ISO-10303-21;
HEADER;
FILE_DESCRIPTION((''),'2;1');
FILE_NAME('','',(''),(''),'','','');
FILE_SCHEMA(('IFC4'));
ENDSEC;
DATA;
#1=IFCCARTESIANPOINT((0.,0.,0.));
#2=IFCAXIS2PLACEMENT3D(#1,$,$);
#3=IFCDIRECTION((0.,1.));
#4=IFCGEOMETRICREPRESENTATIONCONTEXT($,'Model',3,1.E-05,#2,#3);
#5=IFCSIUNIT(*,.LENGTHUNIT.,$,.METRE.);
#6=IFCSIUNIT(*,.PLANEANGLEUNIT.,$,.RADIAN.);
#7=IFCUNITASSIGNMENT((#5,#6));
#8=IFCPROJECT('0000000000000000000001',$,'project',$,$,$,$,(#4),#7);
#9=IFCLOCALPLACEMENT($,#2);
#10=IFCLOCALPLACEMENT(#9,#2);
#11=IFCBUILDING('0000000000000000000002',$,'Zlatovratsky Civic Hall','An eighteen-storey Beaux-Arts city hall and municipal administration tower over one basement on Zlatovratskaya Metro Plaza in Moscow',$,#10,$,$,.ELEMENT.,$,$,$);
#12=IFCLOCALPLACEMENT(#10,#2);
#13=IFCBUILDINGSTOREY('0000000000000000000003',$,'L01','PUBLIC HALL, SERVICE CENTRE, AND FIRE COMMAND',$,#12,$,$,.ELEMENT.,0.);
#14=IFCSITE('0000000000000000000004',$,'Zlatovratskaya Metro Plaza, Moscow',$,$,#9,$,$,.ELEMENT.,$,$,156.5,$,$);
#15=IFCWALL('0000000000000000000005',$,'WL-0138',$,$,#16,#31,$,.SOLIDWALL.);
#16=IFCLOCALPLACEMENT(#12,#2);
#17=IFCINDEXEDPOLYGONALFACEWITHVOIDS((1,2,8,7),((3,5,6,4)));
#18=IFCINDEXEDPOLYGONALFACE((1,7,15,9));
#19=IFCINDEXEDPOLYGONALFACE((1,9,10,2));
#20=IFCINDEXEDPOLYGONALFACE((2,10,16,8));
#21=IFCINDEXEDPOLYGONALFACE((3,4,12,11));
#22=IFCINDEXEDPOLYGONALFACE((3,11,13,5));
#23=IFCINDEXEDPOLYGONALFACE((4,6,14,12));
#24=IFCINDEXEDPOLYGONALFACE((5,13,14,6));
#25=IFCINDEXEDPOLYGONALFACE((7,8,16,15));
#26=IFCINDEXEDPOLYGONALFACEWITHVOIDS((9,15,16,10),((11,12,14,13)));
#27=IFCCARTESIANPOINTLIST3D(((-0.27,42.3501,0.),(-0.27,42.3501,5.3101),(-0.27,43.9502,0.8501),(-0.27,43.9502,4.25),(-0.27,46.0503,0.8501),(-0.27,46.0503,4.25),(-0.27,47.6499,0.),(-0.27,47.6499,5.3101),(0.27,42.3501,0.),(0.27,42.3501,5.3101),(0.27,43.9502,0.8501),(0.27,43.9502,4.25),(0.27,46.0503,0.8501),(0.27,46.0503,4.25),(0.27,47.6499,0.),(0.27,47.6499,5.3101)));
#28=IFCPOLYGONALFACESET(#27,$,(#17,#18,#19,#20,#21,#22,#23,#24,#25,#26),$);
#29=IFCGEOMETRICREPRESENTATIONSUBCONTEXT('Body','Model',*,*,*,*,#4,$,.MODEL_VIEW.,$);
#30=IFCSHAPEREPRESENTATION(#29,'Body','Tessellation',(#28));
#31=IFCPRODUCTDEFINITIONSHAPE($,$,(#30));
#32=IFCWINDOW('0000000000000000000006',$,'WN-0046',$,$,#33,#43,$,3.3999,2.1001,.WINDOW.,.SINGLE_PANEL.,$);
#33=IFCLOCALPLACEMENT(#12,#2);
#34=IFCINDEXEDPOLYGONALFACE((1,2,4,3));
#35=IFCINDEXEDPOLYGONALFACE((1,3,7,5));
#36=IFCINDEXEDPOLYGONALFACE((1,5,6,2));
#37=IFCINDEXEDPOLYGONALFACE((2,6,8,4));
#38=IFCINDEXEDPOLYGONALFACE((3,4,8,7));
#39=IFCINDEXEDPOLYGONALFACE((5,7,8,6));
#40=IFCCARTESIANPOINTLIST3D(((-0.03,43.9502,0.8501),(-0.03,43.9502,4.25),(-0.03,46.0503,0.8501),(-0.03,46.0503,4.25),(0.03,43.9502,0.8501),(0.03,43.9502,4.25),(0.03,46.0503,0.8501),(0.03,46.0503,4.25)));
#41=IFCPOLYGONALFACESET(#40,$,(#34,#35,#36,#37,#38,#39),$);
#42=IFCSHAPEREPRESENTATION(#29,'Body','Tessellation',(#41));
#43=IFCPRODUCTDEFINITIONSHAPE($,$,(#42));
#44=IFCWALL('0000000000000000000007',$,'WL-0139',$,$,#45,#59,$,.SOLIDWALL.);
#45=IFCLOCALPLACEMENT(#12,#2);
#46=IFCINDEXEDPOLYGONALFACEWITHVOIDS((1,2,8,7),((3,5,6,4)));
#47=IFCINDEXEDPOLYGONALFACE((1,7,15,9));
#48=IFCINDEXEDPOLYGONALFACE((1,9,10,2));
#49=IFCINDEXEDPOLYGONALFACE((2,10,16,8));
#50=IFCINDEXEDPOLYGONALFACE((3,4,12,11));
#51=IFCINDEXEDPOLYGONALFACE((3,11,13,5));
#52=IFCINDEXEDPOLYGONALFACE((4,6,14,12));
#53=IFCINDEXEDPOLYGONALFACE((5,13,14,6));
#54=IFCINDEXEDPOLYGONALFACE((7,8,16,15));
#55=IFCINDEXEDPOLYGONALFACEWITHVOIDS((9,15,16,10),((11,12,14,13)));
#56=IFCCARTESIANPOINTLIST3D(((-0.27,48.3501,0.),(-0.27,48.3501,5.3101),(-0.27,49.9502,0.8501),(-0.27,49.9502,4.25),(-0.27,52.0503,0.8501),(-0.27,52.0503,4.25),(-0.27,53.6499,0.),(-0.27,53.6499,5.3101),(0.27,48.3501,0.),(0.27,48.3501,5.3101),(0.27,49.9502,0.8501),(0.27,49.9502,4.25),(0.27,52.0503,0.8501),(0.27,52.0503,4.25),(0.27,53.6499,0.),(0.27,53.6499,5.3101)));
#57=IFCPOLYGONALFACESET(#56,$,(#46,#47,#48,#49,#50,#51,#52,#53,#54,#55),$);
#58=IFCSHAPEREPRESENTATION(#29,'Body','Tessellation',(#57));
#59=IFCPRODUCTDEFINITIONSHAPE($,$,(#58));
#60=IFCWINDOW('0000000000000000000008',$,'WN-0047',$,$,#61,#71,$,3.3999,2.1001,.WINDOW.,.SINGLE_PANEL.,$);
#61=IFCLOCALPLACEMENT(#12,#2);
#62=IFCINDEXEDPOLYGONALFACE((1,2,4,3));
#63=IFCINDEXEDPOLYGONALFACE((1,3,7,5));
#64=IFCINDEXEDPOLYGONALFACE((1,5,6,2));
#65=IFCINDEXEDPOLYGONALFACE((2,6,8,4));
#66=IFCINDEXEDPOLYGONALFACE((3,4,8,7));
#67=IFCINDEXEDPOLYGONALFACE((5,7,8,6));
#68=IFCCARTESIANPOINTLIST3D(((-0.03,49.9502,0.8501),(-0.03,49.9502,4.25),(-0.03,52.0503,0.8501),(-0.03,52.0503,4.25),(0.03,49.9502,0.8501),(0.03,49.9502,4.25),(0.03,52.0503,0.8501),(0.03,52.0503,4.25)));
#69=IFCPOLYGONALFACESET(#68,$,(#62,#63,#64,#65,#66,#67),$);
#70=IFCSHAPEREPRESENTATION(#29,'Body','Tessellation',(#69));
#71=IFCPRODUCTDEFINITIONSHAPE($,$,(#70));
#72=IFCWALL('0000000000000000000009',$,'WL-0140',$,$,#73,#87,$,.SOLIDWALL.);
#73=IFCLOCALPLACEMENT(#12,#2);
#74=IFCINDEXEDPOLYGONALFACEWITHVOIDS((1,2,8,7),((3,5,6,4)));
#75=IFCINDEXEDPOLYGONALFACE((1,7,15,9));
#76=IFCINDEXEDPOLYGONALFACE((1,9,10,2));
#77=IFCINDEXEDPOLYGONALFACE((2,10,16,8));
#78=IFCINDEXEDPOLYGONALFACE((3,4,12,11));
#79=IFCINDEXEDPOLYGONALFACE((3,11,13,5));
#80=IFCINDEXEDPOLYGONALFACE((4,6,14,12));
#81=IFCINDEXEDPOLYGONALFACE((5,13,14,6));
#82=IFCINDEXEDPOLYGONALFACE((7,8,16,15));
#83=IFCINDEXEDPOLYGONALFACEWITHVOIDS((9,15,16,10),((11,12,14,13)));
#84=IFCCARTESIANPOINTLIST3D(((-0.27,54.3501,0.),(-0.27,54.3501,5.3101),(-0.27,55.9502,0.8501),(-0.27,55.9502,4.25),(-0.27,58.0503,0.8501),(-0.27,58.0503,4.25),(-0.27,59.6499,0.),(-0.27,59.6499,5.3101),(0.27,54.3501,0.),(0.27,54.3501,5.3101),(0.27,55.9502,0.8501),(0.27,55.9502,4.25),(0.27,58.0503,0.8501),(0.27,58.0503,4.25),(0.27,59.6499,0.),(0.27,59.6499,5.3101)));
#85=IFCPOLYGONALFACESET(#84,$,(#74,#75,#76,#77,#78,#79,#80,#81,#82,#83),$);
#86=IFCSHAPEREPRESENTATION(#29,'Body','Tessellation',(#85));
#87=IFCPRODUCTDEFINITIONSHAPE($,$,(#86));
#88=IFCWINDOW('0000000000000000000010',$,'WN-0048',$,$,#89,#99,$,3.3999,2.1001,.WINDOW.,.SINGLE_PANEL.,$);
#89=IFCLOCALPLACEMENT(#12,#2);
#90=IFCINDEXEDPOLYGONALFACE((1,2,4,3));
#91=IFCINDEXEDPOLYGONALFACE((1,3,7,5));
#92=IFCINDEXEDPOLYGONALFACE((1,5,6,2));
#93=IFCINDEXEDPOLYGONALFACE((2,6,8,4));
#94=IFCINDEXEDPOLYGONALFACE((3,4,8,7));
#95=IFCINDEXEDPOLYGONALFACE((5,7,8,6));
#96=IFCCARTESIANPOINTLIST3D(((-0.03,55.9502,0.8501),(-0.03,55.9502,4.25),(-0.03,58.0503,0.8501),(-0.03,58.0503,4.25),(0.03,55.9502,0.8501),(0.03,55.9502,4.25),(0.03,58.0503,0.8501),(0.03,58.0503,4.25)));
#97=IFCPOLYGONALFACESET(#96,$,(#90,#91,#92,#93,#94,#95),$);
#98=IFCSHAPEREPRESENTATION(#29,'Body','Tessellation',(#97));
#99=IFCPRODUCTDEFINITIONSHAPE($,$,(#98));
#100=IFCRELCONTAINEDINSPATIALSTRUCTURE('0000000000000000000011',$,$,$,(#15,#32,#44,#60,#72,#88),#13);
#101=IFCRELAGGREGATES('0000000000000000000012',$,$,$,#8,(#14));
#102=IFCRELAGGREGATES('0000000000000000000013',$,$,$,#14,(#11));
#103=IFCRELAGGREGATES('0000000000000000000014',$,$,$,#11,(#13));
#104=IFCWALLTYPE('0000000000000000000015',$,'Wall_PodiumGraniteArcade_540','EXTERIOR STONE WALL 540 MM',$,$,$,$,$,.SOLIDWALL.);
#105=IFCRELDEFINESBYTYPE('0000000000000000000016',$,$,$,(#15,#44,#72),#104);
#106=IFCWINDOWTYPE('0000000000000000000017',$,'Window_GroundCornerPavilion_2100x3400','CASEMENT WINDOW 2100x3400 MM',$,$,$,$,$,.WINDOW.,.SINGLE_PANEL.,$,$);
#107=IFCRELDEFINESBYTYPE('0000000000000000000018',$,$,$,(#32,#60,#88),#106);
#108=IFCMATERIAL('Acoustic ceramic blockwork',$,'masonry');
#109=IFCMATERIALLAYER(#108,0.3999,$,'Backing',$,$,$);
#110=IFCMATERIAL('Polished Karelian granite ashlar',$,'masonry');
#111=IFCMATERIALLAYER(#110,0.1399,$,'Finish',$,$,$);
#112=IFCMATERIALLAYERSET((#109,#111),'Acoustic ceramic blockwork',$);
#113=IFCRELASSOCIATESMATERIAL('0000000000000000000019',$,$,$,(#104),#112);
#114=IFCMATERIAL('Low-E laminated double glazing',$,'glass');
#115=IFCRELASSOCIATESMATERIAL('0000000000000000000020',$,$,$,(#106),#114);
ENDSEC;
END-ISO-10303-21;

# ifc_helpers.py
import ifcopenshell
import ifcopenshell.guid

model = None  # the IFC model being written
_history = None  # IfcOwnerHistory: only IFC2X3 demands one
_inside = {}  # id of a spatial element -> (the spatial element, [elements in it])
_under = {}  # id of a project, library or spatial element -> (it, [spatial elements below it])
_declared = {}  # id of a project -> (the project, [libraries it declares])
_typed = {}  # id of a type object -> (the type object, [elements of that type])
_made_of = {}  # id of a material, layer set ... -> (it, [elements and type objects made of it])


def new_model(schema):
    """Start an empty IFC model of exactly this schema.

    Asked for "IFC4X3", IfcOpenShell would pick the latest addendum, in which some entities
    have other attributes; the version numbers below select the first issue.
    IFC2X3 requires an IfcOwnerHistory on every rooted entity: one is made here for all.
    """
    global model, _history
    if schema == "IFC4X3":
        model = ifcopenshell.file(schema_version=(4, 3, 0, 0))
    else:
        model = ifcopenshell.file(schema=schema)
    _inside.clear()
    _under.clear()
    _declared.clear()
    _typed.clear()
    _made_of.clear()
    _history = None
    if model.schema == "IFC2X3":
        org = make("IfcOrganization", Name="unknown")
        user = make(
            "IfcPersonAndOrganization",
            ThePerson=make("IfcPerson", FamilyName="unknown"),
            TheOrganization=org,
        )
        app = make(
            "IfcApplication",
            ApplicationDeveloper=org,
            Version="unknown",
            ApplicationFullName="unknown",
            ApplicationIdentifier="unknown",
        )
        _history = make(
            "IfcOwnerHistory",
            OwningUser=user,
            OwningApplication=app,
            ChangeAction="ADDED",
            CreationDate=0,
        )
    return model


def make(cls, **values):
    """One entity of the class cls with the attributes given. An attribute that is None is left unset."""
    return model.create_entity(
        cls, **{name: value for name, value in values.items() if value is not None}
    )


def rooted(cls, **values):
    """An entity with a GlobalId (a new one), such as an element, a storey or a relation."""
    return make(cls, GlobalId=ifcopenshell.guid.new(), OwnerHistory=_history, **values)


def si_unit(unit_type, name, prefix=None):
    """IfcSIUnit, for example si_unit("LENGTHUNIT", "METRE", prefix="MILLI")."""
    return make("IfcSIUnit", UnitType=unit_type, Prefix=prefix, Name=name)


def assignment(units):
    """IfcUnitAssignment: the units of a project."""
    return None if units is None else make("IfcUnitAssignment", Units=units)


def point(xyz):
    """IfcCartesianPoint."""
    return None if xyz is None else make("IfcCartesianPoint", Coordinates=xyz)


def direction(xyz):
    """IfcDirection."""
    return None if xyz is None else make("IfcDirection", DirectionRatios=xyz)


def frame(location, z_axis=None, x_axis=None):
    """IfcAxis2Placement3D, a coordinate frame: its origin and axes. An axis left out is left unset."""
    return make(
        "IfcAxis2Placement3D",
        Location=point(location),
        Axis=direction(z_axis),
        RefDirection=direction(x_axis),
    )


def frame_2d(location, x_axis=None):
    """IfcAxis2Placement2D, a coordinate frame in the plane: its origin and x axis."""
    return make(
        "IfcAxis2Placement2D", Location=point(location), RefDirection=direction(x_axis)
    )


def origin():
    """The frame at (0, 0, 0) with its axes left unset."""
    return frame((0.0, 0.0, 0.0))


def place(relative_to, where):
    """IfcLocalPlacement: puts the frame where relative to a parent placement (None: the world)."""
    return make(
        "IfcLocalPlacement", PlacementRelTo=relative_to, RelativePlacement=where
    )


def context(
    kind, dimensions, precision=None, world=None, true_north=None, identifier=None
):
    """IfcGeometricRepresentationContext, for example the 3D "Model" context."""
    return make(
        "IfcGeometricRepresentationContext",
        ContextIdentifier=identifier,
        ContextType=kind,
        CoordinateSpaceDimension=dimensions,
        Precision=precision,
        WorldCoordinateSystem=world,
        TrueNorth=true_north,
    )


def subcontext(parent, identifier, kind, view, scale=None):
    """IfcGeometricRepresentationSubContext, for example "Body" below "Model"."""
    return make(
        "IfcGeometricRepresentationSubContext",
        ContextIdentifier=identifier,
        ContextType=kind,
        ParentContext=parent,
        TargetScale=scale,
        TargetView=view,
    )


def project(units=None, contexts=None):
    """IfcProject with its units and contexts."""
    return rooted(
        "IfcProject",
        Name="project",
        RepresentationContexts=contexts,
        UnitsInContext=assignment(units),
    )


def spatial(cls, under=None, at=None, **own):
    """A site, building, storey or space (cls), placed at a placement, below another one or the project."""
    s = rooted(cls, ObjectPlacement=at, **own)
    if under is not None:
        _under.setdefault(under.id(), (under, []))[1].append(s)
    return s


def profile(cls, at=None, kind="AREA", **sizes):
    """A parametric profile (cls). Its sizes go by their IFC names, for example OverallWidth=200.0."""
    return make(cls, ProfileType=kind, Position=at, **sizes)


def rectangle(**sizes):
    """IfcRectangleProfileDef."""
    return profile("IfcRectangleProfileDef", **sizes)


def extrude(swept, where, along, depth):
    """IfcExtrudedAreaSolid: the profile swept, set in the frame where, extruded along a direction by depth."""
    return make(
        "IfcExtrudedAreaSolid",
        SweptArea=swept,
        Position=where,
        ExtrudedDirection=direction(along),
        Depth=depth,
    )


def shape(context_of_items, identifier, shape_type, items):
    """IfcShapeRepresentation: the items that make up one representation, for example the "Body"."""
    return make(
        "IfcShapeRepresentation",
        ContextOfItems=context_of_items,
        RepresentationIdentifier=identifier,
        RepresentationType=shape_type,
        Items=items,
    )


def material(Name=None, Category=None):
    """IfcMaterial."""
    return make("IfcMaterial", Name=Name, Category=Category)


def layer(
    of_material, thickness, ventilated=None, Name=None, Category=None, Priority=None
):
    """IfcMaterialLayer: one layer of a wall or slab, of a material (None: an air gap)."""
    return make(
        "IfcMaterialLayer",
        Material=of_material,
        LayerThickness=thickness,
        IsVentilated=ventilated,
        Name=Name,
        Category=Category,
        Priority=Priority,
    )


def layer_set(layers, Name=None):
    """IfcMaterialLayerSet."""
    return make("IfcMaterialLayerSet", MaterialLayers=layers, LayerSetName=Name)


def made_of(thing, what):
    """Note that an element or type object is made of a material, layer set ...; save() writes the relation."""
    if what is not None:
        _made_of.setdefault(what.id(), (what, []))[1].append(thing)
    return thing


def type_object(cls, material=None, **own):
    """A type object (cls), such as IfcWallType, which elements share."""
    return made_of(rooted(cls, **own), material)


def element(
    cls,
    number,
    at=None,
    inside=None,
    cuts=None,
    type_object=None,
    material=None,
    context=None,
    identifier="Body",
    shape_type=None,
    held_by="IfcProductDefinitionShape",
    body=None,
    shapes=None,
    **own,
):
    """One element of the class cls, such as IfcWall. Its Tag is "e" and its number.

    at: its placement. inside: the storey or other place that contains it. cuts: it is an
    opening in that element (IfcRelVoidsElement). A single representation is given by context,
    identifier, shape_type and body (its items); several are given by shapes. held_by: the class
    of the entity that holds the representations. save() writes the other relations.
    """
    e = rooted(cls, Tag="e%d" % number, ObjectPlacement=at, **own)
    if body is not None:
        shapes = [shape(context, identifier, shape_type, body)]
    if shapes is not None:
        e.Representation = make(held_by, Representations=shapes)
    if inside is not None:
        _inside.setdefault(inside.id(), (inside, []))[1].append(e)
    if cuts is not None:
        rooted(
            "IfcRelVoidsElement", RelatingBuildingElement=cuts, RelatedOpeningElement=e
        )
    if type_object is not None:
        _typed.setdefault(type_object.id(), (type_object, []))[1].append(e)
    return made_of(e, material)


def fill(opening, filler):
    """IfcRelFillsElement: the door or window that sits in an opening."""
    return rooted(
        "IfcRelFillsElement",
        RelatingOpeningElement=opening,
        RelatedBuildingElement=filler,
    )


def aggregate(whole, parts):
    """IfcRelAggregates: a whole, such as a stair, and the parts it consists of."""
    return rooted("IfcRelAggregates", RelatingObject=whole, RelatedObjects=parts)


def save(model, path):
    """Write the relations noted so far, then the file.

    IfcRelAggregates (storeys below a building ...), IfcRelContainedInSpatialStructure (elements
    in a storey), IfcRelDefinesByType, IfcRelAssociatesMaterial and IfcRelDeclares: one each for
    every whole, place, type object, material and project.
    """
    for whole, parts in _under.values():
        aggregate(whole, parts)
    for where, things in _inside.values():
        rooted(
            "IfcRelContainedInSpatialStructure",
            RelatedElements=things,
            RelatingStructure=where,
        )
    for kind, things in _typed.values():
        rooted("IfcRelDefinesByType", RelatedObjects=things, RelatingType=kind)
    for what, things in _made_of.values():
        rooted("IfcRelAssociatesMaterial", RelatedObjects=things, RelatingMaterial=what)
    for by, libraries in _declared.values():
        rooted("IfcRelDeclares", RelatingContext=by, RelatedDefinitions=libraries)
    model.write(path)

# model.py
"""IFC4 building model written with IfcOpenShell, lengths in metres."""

from ifc_helpers import new_model, si_unit, direction, frame, frame_2d, origin, place, context, subcontext, project, spatial, rectangle, extrude, material, layer, layer_set, type_object, element, fill, save


model = new_model("IFC4")

# Units and contexts
model_context = context("Model", 3, precision=1e-05, world=origin(), true_north=direction((0.0, 1.0)))
body_context = subcontext(model_context, "Body", "Model", "MODEL_VIEW")
ifc_project = project(units=[si_unit("LENGTHUNIT", "METRE"), si_unit("PLANEANGLEUNIT", "RADIAN")], contexts=[model_context])

# Site, building, storey
site_placement = place(None, origin())
site = spatial("IfcSite", under=ifc_project, at=site_placement, Name="Zlatovratskaya Metro Plaza, Moscow", CompositionType="ELEMENT", RefElevation=156.5)
building_placement = place(site_placement, origin())
building = spatial("IfcBuilding", under=site, at=building_placement, Name="Zlatovratsky Civic Hall", Description="An eighteen-storey Beaux-Arts city hall and municipal administration tower over one basement on Zlatovratskaya Metro Plaza in Moscow", CompositionType="ELEMENT")
storey_placement = place(building_placement, origin())
storey = spatial("IfcBuildingStorey", under=building, at=storey_placement, Name="L01", Description="PUBLIC HALL, SERVICE CENTRE, AND FIRE COMMAND", CompositionType="ELEMENT", Elevation=0.0)

# Walls, openings, windows
ifc_material_1 = material(Name="Acoustic ceramic blockwork", Category="masonry")
ifc_layer_1 = layer(ifc_material_1, 0.3999, Name="Backing")
ifc_material_2 = material(Name="Polished Karelian granite ashlar", Category="masonry")
ifc_layer_2 = layer(ifc_material_2, 0.1399, Name="Finish")
ifc_layer_set = layer_set([ifc_layer_1, ifc_layer_2], Name="Acoustic ceramic blockwork")
wall_type = type_object("IfcWallType", Name="Wall_PodiumGraniteArcade_540", Description="EXTERIOR STONE WALL 540 MM", PredefinedType="SOLIDWALL", material=ifc_layer_set)
wall_1_placement = place(storey_placement, frame((0.0, 42.3501, 0.0), z_axis=(0.0, 0.0, 1.0), x_axis=(0.0, 1.0, 0.0)))
wall_1 = element("IfcWall", 1, at=wall_1_placement, inside=storey, type_object=wall_type, Name="WL-0138", PredefinedType="SOLIDWALL", context=body_context, shape_type="SweptSolid", body=[
    extrude(rectangle(XDim=5.2998, YDim=0.54, at=frame_2d((2.6499, 0.0))), origin(), (0.0, 0.0, 1.0), 5.3101),
])
opening_1_placement = place(wall_1_placement, frame((1.6001, 0.0, 0.8501)))
opening_1 = element("IfcOpeningElement", 2, at=opening_1_placement, cuts=wall_1, PredefinedType="OPENING", context=body_context, shape_type="SweptSolid", body=[
    extrude(rectangle(XDim=2.1001, YDim=3.3999, at=frame_2d((1.05, 1.7))), frame((0.0, 0.2849, 0.0), z_axis=(0.0, -1.0, 0.0), x_axis=(1.0, 0.0, 0.0)), (0.0, 0.0, 1.0), 0.5698),
])
ifc_material_3 = material(Name="Low-E laminated double glazing", Category="glass")
window_type = type_object("IfcWindowType", Name="Window_GroundCornerPavilion_2100x3400", Description="CASEMENT WINDOW 2100x3400 MM", PartitioningType="SINGLE_PANEL", PredefinedType="WINDOW", material=ifc_material_3)
window_1_placement = place(opening_1_placement, origin())
window_1 = element("IfcWindow", 3, at=window_1_placement, inside=storey, type_object=window_type, Name="WN-0046", OverallHeight=3.3999, OverallWidth=2.1001, PartitioningType="SINGLE_PANEL", PredefinedType="WINDOW", context=body_context, shape_type="SweptSolid", body=[
    extrude(rectangle(XDim=2.1001, YDim=3.3999, at=frame_2d((1.05, 1.7))), frame((0.0, 0.03, 0.0), z_axis=(0.0, -1.0, 0.0), x_axis=(1.0, 0.0, 0.0)), (0.0, 0.0, 1.0), 0.0601),
])
fill(opening_1, window_1)
wall_2_placement = place(storey_placement, frame((0.0, 48.3501, 0.0), z_axis=(0.0, 0.0, 1.0), x_axis=(0.0, 1.0, 0.0)))
wall_2 = element("IfcWall", 4, at=wall_2_placement, inside=storey, type_object=wall_type, Name="WL-0139", PredefinedType="SOLIDWALL", context=body_context, shape_type="SweptSolid", body=[
    extrude(rectangle(XDim=5.2998, YDim=0.54, at=frame_2d((2.6499, 0.0))), origin(), (0.0, 0.0, 1.0), 5.3101),
])
opening_2_placement = place(wall_2_placement, frame((1.6001, 0.0, 0.8501)))
opening_2 = element("IfcOpeningElement", 5, at=opening_2_placement, cuts=wall_2, PredefinedType="OPENING", context=body_context, shape_type="SweptSolid", body=[
    extrude(rectangle(XDim=2.1001, YDim=3.3999, at=frame_2d((1.05, 1.7))), frame((0.0, 0.2849, 0.0), z_axis=(0.0, -1.0, 0.0), x_axis=(1.0, 0.0, 0.0)), (0.0, 0.0, 1.0), 0.5698),
])
window_2_placement = place(opening_2_placement, origin())
window_2 = element("IfcWindow", 6, at=window_2_placement, inside=storey, type_object=window_type, Name="WN-0047", OverallHeight=3.3999, OverallWidth=2.1001, PartitioningType="SINGLE_PANEL", PredefinedType="WINDOW", context=body_context, shape_type="SweptSolid", body=[
    extrude(rectangle(XDim=2.1001, YDim=3.3999, at=frame_2d((1.05, 1.7))), frame((0.0, 0.03, 0.0), z_axis=(0.0, -1.0, 0.0), x_axis=(1.0, 0.0, 0.0)), (0.0, 0.0, 1.0), 0.0601),
])
fill(opening_2, window_2)
wall_3_placement = place(storey_placement, frame((0.0, 54.3501, 0.0), z_axis=(0.0, 0.0, 1.0), x_axis=(0.0, 1.0, 0.0)))
wall_3 = element("IfcWall", 7, at=wall_3_placement, inside=storey, type_object=wall_type, Name="WL-0140", PredefinedType="SOLIDWALL", context=body_context, shape_type="SweptSolid", body=[
    extrude(rectangle(XDim=5.2998, YDim=0.54, at=frame_2d((2.6499, 0.0))), origin(), (0.0, 0.0, 1.0), 5.3101),
])
opening_3_placement = place(wall_3_placement, frame((1.6001, 0.0, 0.8501)))
opening_3 = element("IfcOpeningElement", 8, at=opening_3_placement, cuts=wall_3, PredefinedType="OPENING", context=body_context, shape_type="SweptSolid", body=[
    extrude(rectangle(XDim=2.1001, YDim=3.3999, at=frame_2d((1.05, 1.7))), frame((0.0, 0.2849, 0.0), z_axis=(0.0, -1.0, 0.0), x_axis=(1.0, 0.0, 0.0)), (0.0, 0.0, 1.0), 0.5698),
])
window_3_placement = place(opening_3_placement, origin())
window_3 = element("IfcWindow", 9, at=window_3_placement, inside=storey, type_object=window_type, Name="WN-0048", OverallHeight=3.3999, OverallWidth=2.1001, PartitioningType="SINGLE_PANEL", PredefinedType="WINDOW", context=body_context, shape_type="SweptSolid", body=[
    extrude(rectangle(XDim=2.1001, YDim=3.3999, at=frame_2d((1.05, 1.7))), frame((0.0, 0.03, 0.0), z_axis=(0.0, -1.0, 0.0), x_axis=(1.0, 0.0, 0.0)), (0.0, 0.0, 1.0), 0.0601),
])
fill(opening_3, window_3)

save(model, "model.ifc")
